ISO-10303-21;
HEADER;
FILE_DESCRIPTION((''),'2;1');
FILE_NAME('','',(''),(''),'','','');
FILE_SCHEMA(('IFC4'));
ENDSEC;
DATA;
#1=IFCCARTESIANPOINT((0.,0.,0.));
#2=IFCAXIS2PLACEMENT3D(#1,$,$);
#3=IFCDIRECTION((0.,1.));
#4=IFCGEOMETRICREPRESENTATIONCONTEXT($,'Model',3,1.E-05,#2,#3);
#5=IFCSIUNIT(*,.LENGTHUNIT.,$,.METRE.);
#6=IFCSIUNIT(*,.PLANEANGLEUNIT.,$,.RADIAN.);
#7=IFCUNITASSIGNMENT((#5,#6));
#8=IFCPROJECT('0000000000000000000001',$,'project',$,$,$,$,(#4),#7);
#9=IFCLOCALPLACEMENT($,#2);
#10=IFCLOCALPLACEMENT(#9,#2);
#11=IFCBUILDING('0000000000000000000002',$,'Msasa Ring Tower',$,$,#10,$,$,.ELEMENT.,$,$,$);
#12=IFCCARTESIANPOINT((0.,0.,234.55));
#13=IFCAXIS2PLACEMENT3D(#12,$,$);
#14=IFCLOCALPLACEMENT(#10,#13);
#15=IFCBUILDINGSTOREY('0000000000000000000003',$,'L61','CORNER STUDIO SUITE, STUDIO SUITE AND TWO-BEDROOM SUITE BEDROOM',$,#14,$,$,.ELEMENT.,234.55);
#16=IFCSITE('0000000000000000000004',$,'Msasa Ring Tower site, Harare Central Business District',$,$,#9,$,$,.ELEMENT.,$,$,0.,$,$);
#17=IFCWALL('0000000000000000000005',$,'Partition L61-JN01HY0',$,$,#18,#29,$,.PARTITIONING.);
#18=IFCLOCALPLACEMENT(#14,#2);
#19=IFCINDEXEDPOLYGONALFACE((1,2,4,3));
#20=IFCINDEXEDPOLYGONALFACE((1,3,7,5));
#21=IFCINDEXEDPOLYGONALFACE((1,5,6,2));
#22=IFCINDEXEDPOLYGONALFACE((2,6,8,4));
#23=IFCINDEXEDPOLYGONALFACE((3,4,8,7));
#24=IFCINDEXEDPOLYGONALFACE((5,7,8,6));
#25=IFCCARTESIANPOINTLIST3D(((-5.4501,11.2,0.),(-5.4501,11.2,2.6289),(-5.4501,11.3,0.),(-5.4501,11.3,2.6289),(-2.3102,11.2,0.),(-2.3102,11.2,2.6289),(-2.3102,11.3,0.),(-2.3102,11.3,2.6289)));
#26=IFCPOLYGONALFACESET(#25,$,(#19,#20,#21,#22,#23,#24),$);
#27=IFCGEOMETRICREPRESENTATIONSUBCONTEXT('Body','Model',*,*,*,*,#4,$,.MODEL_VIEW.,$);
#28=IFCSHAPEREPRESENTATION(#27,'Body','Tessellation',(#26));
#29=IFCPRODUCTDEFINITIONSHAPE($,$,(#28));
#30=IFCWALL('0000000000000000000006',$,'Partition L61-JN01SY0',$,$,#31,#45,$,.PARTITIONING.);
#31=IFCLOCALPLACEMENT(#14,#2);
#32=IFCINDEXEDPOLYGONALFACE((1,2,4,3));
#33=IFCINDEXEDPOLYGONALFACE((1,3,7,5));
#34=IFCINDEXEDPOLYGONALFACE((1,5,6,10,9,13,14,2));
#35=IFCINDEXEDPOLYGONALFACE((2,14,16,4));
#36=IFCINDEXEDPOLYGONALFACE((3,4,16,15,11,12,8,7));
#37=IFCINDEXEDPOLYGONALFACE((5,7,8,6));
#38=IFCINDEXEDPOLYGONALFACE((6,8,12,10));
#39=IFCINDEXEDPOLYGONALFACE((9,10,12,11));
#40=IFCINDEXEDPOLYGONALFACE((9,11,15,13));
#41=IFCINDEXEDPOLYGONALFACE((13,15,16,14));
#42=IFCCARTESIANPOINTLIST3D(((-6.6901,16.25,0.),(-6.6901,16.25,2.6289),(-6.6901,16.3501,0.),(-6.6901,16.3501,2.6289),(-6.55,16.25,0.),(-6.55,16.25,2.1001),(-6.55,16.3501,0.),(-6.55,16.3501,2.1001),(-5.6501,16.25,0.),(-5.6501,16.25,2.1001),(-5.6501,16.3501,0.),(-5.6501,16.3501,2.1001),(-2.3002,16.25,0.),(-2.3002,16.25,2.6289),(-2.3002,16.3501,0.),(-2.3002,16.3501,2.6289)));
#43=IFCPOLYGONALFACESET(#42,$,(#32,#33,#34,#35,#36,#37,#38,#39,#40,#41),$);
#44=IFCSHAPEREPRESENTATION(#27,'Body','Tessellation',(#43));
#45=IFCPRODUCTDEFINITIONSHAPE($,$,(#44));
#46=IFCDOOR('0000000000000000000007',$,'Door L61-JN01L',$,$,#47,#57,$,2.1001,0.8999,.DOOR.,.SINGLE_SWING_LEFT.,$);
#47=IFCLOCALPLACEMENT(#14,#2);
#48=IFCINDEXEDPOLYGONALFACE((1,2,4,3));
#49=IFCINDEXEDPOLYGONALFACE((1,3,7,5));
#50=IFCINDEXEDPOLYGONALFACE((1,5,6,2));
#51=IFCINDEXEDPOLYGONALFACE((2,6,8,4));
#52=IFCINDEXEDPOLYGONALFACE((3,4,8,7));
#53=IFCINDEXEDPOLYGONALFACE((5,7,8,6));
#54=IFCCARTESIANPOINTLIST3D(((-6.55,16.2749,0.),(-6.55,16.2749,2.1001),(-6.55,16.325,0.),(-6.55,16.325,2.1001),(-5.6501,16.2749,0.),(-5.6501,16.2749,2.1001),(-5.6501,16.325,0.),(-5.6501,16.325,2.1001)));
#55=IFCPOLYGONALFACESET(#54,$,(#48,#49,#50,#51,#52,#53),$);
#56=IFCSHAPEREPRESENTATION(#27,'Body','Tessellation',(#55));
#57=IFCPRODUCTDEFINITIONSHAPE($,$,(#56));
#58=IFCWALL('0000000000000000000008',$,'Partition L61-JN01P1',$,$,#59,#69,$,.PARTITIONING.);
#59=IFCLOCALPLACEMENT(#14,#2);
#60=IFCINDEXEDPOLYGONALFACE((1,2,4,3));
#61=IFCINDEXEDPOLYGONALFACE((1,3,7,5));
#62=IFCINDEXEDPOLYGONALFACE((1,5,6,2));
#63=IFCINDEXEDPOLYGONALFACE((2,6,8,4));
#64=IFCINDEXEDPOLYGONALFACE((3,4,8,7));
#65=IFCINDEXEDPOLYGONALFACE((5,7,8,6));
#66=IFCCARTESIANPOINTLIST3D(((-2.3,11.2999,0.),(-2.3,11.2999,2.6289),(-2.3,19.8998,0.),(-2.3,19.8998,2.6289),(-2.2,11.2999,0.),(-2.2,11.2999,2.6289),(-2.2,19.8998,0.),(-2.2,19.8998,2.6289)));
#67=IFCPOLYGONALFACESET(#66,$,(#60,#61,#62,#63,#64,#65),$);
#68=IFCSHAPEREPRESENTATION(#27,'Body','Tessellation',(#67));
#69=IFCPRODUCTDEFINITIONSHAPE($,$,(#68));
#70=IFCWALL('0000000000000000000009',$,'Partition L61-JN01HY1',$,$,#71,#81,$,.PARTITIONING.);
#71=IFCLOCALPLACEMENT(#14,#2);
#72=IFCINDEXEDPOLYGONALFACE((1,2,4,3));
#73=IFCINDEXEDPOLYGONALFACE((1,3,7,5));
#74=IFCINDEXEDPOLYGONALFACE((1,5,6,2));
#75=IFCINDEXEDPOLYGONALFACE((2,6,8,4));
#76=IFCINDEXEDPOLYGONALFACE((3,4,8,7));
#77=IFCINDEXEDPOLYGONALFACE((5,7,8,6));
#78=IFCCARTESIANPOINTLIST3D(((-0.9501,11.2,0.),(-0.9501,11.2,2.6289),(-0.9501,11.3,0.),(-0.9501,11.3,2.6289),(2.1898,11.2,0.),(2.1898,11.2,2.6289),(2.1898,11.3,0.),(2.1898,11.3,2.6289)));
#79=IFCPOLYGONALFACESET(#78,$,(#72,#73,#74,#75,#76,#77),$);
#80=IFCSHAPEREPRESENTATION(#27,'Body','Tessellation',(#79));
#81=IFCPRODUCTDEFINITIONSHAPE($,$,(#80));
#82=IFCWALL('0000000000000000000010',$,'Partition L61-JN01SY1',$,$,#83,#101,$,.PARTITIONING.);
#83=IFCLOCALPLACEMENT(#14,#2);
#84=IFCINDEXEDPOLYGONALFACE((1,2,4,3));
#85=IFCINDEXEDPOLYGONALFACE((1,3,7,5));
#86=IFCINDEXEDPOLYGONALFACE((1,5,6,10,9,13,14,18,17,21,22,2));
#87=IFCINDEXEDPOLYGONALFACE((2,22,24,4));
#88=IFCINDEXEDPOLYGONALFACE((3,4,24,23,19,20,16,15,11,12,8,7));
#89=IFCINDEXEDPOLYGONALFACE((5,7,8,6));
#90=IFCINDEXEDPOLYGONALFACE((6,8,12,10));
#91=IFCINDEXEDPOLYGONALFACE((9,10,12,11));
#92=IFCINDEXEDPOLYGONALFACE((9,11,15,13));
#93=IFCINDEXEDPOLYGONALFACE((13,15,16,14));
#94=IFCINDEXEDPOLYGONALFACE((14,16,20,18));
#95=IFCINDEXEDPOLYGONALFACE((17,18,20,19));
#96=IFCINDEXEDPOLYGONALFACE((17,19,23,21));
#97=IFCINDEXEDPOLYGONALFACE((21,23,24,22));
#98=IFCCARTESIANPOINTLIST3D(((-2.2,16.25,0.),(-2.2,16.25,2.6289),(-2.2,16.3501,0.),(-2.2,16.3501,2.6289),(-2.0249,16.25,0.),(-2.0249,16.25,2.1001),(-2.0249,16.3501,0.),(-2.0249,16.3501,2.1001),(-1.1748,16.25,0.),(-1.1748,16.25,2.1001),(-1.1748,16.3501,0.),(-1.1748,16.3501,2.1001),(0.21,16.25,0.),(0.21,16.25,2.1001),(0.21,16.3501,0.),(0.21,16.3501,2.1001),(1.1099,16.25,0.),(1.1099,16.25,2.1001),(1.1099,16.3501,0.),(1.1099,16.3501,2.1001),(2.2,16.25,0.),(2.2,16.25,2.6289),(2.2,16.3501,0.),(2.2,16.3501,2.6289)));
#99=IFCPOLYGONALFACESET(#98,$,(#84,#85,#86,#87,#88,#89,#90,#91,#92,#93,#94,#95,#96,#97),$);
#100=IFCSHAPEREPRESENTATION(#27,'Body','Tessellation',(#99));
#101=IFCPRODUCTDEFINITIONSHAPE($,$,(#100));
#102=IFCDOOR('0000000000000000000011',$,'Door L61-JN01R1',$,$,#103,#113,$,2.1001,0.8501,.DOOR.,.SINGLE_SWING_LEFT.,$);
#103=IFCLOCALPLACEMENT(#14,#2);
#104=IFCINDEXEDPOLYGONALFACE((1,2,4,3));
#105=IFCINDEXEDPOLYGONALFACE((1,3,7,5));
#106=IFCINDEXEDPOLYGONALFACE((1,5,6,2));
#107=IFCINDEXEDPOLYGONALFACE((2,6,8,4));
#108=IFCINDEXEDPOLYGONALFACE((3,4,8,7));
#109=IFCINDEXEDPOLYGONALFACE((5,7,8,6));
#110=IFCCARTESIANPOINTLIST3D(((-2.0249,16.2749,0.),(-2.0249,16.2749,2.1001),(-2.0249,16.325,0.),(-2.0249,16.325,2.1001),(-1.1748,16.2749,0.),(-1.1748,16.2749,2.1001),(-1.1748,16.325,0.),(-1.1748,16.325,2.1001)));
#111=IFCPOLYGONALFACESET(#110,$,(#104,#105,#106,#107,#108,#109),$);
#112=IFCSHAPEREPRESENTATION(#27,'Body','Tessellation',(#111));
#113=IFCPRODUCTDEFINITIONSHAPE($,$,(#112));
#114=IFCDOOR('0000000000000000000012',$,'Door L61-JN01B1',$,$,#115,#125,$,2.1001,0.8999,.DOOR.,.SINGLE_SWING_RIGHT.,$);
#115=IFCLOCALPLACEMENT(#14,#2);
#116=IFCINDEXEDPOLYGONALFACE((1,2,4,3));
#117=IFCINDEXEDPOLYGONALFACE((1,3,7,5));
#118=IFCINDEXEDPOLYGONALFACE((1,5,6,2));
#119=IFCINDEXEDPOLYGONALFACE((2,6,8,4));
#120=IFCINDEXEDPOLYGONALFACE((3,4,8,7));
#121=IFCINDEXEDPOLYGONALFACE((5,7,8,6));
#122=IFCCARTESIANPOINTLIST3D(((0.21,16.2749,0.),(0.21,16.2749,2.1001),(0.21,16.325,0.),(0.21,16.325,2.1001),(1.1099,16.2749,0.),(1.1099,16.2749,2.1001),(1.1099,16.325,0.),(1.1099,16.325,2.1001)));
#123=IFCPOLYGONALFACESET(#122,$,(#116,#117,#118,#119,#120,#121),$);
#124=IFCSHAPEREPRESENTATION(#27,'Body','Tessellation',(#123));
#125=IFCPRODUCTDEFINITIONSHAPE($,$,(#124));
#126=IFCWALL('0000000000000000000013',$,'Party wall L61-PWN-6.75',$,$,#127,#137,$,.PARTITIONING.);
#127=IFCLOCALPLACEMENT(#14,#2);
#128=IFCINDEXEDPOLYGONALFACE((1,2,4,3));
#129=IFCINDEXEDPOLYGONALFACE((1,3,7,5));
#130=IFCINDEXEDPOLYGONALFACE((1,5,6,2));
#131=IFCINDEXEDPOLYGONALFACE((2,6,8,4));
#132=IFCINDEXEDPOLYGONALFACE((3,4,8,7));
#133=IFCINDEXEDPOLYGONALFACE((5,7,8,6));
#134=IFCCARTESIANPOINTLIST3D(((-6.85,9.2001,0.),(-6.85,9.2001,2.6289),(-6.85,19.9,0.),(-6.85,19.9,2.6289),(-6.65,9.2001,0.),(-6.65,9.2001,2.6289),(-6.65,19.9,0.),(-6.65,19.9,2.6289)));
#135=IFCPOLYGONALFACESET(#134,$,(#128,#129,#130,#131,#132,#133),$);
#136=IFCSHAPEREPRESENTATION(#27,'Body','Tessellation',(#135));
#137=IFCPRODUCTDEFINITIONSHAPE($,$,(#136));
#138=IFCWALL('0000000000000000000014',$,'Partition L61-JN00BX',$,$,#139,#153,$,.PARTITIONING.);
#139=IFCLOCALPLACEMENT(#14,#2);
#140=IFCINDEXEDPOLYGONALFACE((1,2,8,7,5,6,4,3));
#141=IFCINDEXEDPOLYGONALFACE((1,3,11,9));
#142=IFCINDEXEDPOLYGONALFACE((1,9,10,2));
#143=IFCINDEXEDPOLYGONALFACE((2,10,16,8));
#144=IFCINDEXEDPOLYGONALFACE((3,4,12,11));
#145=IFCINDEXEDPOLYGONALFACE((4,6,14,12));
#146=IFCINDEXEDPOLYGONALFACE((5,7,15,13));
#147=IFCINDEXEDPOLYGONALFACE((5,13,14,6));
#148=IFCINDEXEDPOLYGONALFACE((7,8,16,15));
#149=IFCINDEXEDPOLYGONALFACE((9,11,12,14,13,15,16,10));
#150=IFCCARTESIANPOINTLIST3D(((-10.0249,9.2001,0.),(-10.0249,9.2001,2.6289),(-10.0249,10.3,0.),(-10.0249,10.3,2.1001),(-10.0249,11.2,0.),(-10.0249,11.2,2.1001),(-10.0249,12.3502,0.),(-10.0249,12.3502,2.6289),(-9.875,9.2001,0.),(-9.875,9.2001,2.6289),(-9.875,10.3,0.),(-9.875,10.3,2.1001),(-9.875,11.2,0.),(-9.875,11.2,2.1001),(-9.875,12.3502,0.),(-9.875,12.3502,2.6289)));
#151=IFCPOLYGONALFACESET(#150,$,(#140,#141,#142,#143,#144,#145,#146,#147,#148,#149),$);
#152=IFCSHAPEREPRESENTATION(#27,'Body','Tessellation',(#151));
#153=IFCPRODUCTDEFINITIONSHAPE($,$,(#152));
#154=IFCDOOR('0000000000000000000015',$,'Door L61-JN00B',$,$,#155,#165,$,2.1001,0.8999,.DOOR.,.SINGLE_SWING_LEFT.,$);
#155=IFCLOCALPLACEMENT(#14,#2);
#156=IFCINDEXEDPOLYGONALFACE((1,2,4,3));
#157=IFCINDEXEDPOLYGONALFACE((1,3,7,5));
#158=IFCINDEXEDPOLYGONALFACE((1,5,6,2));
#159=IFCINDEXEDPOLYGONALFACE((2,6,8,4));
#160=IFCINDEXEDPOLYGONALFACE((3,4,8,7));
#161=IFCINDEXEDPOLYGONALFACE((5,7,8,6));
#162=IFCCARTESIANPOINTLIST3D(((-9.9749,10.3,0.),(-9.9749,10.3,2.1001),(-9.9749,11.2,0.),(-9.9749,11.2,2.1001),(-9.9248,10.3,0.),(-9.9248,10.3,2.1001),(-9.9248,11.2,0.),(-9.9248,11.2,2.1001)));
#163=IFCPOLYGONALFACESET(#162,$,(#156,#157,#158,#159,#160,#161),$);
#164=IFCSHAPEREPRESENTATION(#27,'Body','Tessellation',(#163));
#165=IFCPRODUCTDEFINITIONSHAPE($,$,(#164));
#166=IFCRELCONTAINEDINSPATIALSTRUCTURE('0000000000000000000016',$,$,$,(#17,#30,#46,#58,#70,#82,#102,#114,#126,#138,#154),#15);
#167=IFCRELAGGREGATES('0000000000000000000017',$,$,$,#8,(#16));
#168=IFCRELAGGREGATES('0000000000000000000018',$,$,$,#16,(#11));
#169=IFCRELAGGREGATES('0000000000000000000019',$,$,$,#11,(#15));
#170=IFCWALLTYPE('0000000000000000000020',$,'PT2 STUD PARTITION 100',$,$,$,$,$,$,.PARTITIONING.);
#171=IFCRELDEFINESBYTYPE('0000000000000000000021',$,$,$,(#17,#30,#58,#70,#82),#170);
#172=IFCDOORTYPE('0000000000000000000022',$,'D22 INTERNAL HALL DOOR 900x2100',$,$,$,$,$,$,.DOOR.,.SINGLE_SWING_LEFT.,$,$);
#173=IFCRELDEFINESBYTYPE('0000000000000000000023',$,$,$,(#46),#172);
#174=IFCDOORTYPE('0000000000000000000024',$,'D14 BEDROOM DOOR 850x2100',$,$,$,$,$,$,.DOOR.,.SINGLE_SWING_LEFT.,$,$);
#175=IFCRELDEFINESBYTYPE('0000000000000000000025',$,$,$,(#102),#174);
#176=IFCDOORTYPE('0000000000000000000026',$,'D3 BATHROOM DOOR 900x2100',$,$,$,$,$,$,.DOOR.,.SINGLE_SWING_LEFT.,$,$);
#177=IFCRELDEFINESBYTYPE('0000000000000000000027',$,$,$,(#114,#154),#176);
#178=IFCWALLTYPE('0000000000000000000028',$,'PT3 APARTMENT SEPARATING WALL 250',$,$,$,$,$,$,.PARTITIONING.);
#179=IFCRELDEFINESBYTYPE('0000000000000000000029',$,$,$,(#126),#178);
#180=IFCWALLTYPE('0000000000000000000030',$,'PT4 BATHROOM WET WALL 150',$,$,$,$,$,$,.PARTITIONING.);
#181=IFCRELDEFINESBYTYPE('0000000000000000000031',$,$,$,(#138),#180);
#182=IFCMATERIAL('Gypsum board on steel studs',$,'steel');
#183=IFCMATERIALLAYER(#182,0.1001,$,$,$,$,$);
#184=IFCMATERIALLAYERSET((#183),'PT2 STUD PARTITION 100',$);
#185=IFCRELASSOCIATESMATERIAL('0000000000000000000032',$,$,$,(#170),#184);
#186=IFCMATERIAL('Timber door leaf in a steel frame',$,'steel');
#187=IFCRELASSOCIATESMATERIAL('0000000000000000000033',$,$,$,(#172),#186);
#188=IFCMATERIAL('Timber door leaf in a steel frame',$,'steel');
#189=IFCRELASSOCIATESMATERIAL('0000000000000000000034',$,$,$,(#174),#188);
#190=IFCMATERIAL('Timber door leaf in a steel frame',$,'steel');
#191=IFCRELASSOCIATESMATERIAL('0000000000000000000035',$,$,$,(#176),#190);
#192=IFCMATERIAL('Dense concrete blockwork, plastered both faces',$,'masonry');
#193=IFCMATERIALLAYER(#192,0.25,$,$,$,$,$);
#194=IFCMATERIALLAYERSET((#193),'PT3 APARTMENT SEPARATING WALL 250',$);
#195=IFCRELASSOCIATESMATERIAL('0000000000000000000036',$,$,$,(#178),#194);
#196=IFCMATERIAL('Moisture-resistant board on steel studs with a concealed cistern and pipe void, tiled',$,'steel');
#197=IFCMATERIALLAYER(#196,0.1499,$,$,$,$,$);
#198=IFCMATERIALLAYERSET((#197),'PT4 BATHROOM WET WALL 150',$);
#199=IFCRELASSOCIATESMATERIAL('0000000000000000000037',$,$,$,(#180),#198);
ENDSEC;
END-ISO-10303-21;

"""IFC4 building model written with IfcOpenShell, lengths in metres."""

from ifc_helpers import new_model, si_unit, direction, frame, frame_2d, origin, place, context, subcontext, project, spatial, rectangle, extrude, material, layer, layer_set, type_object, element, fill, save


model = new_model("IFC4")

# Units and contexts
model_context = context("Model", 3, precision=1e-05, world=origin(), true_north=direction((0.0, 1.0)))
body_context = subcontext(model_context, "Body", "Model", "MODEL_VIEW")
ifc_project = project(units=[si_unit("LENGTHUNIT", "METRE"), si_unit("PLANEANGLEUNIT", "RADIAN")], contexts=[model_context])

# Site, building, storey
site_placement = place(None, origin())
site = spatial("IfcSite", under=ifc_project, at=site_placement, Name="Msasa Ring Tower site, Harare Central Business District", CompositionType="ELEMENT", RefElevation=0.0)
building_placement = place(site_placement, origin())
building = spatial("IfcBuilding", under=site, at=building_placement, Name="Msasa Ring Tower", CompositionType="ELEMENT")
storey_placement = place(building_placement, frame((0.0, 0.0, 234.55)))
storey = spatial("IfcBuildingStorey", under=building, at=storey_placement, Name="L61", Description="CORNER STUDIO SUITE, STUDIO SUITE AND TWO-BEDROOM SUITE BEDROOM", CompositionType="ELEMENT", Elevation=234.55)

# Wall
ifc_material_1 = material(Name="Gypsum board on steel studs", Category="steel")
ifc_layer_1 = layer(ifc_material_1, 0.1001)
ifc_layer_set_1 = layer_set([ifc_layer_1], Name="PT2 STUD PARTITION 100")
wall_type_1 = type_object("IfcWallType", Name="PT2 STUD PARTITION 100", PredefinedType="PARTITIONING", material=ifc_layer_set_1)
wall_1_placement = place(storey_placement, frame((-5.45, 11.25, 0.0), z_axis=(0.0, 0.0, 1.0), x_axis=(1.0, 0.0, 0.0)))
element("IfcWall", 1, at=wall_1_placement, inside=storey, type_object=wall_type_1, Name="Partition L61-JN01HY0", PredefinedType="PARTITIONING", context=body_context, shape_type="SweptSolid", body=[
    extrude(rectangle(XDim=3.1399, YDim=0.1001, at=frame_2d((1.5698, 0.0))), origin(), (0.0, 0.0, 1.0), 2.6289),
])

# Wall, opening, door
wall_2_placement = place(storey_placement, frame((-6.6899, 16.3, 0.0), z_axis=(0.0, 0.0, 1.0), x_axis=(1.0, 0.0, 0.0)))
wall_2 = element("IfcWall", 2, at=wall_2_placement, inside=storey, type_object=wall_type_1, Name="Partition L61-JN01SY0", PredefinedType="PARTITIONING", context=body_context, shape_type="SweptSolid", body=[
    extrude(rectangle(XDim=4.3899, YDim=0.1001, at=frame_2d((2.1948, 0.0))), origin(), (0.0, 0.0, 1.0), 2.6289),
])
opening_1_placement = place(wall_2_placement, frame((0.1399, 0.0, 0.0)))
opening_1 = element("IfcOpeningElement", 3, at=opening_1_placement, cuts=wall_2, PredefinedType="OPENING", context=body_context, shape_type="SweptSolid", body=[
    extrude(rectangle(XDim=0.8999, YDim=2.1001, at=frame_2d((0.45, 1.05))), frame((0.0, 0.0601, 0.0), z_axis=(0.0, -1.0, 0.0), x_axis=(1.0, 0.0, 0.0)), (0.0, 0.0, 1.0), 0.1201),
])
ifc_material_2 = material(Name="Timber door leaf in a steel frame", Category="steel")
door_type_1 = type_object("IfcDoorType", Name="D22 INTERNAL HALL DOOR 900x2100", OperationType="SINGLE_SWING_LEFT", PredefinedType="DOOR", material=ifc_material_2)
door_1_placement = place(opening_1_placement, origin())
door_1 = element("IfcDoor", 4, at=door_1_placement, inside=storey, type_object=door_type_1, Name="Door L61-JN01L", OperationType="SINGLE_SWING_LEFT", OverallHeight=2.1001, OverallWidth=0.8999, PredefinedType="DOOR", context=body_context, shape_type="SweptSolid", body=[
    extrude(rectangle(XDim=0.8999, YDim=2.1001, at=frame_2d((0.45, 1.05))), frame((0.0, 0.0249, 0.0), z_axis=(0.0, -1.0, 0.0), x_axis=(1.0, 0.0, 0.0)), (0.0, 0.0, 1.0), 0.05),
])
fill(opening_1, door_1)

# Walls
wall_3_placement = place(storey_placement, frame((-2.25, 11.3, 0.0), z_axis=(0.0, 0.0, 1.0), x_axis=(0.0, 1.0, 0.0)))
element("IfcWall", 5, at=wall_3_placement, inside=storey, type_object=wall_type_1, Name="Partition L61-JN01P1", PredefinedType="PARTITIONING", context=body_context, shape_type="SweptSolid", body=[
    extrude(rectangle(XDim=8.5999, YDim=0.1001, at=frame_2d((4.2998, 0.0))), origin(), (0.0, 0.0, 1.0), 2.6289),
])
wall_4_placement = place(storey_placement, frame((-0.95, 11.25, 0.0), z_axis=(0.0, 0.0, 1.0), x_axis=(1.0, 0.0, 0.0)))
element("IfcWall", 6, at=wall_4_placement, inside=storey, type_object=wall_type_1, Name="Partition L61-JN01HY1", PredefinedType="PARTITIONING", context=body_context, shape_type="SweptSolid", body=[
    extrude(rectangle(XDim=3.1399, YDim=0.1001, at=frame_2d((1.5698, 0.0))), origin(), (0.0, 0.0, 1.0), 2.6289),
])

# Wall, openings, doors
wall_5_placement = place(storey_placement, frame((-2.2, 16.3, 0.0), z_axis=(0.0, 0.0, 1.0), x_axis=(1.0, 0.0, 0.0)))
wall_5 = element("IfcWall", 7, at=wall_5_placement, inside=storey, type_object=wall_type_1, Name="Partition L61-JN01SY1", PredefinedType="PARTITIONING", context=body_context, shape_type="SweptSolid", body=[
    extrude(rectangle(XDim=4.3999, YDim=0.1001, at=frame_2d((2.2, 0.0))), origin(), (0.0, 0.0, 1.0), 2.6289),
])
opening_2_placement = place(wall_5_placement, frame((0.175, 0.0, 0.0)))
opening_2 = element("IfcOpeningElement", 8, at=opening_2_placement, cuts=wall_5, PredefinedType="OPENING", context=body_context, shape_type="SweptSolid", body=[
    extrude(rectangle(XDim=0.8501, YDim=2.1001, at=frame_2d((0.425, 1.05))), frame((0.0, 0.0601, 0.0), z_axis=(0.0, -1.0, 0.0), x_axis=(1.0, 0.0, 0.0)), (0.0, 0.0, 1.0), 0.1201),
])
opening_3_placement = place(wall_5_placement, frame((2.4099, 0.0, 0.0)))
opening_3 = element("IfcOpeningElement", 9, at=opening_3_placement, cuts=wall_5, PredefinedType="OPENING", context=body_context, shape_type="SweptSolid", body=[
    extrude(rectangle(XDim=0.8999, YDim=2.1001, at=frame_2d((0.45, 1.05))), frame((0.0, 0.0601, 0.0), z_axis=(0.0, -1.0, 0.0), x_axis=(1.0, 0.0, 0.0)), (0.0, 0.0, 1.0), 0.1201),
])
ifc_material_3 = material(Name="Timber door leaf in a steel frame", Category="steel")
door_type_2 = type_object("IfcDoorType", Name="D14 BEDROOM DOOR 850x2100", OperationType="SINGLE_SWING_LEFT", PredefinedType="DOOR", material=ifc_material_3)
door_2_placement = place(opening_2_placement, origin())
door_2 = element("IfcDoor", 10, at=door_2_placement, inside=storey, type_object=door_type_2, Name="Door L61-JN01R1", OperationType="SINGLE_SWING_LEFT", OverallHeight=2.1001, OverallWidth=0.8501, PredefinedType="DOOR", context=body_context, shape_type="SweptSolid", body=[
    extrude(rectangle(XDim=0.8501, YDim=2.1001, at=frame_2d((0.425, 1.05))), frame((0.0, 0.0249, 0.0), z_axis=(0.0, -1.0, 0.0), x_axis=(1.0, 0.0, 0.0)), (0.0, 0.0, 1.0), 0.05),
])
fill(opening_2, door_2)
ifc_material_4 = material(Name="Timber door leaf in a steel frame", Category="steel")
door_type_3 = type_object("IfcDoorType", Name="D3 BATHROOM DOOR 900x2100", OperationType="SINGLE_SWING_LEFT", PredefinedType="DOOR", material=ifc_material_4)
door_3_placement = place(opening_3_placement, origin())
door_3 = element("IfcDoor", 11, at=door_3_placement, inside=storey, type_object=door_type_3, Name="Door L61-JN01B1", OperationType="SINGLE_SWING_RIGHT", OverallHeight=2.1001, OverallWidth=0.8999, PredefinedType="DOOR", context=body_context, shape_type="SweptSolid", body=[
    extrude(rectangle(XDim=0.8999, YDim=2.1001, at=frame_2d((0.45, 1.05))), frame((0.0, 0.0249, 0.0), z_axis=(0.0, -1.0, 0.0), x_axis=(1.0, 0.0, 0.0)), (0.0, 0.0, 1.0), 0.05),
])
fill(opening_3, door_3)

# Wall
ifc_material_5 = material(Name="Dense concrete blockwork, plastered both faces", Category="masonry")
ifc_layer_2 = layer(ifc_material_5, 0.25)
ifc_layer_set_2 = layer_set([ifc_layer_2], Name="PT3 APARTMENT SEPARATING WALL 250")
wall_type_2 = type_object("IfcWallType", Name="PT3 APARTMENT SEPARATING WALL 250", PredefinedType="PARTITIONING", material=ifc_layer_set_2)
wall_6_placement = place(storey_placement, frame((-6.75, 9.2, 0.0), z_axis=(0.0, 0.0, 1.0), x_axis=(0.0, 1.0, 0.0)))
element("IfcWall", 12, at=wall_6_placement, inside=storey, type_object=wall_type_2, Name="Party wall L61-PWN-6.75", PredefinedType="PARTITIONING", context=body_context, shape_type="SweptSolid", body=[
    extrude(rectangle(XDim=10.7, YDim=0.2, at=frame_2d((5.3501, 0.0))), origin(), (0.0, 0.0, 1.0), 2.6289),
])

# Wall, opening, door
ifc_material_6 = material(Name="Moisture-resistant board on steel studs with a concealed cistern and pipe void, tiled", Category="steel")
ifc_layer_3 = layer(ifc_material_6, 0.1499)
ifc_layer_set_3 = layer_set([ifc_layer_3], Name="PT4 BATHROOM WET WALL 150")
wall_type_3 = type_object("IfcWallType", Name="PT4 BATHROOM WET WALL 150", PredefinedType="PARTITIONING", material=ifc_layer_set_3)
wall_7_placement = place(storey_placement, frame((-9.95, 9.2, 0.0), z_axis=(0.0, 0.0, 1.0), x_axis=(0.0, 1.0, 0.0)))
wall_7 = element("IfcWall", 13, at=wall_7_placement, inside=storey, type_object=wall_type_3, Name="Partition L61-JN00BX", PredefinedType="PARTITIONING", context=body_context, shape_type="SweptSolid", body=[
    extrude(rectangle(XDim=3.1501, YDim=0.1499, at=frame_2d((1.5752, 0.0))), origin(), (0.0, 0.0, 1.0), 2.6289),
])
opening_4_placement = place(wall_7_placement, frame((1.1001, 0.0, 0.0)))
opening_4 = element("IfcOpeningElement", 14, at=opening_4_placement, cuts=wall_7, PredefinedType="OPENING", context=body_context, shape_type="SweptSolid", body=[
    extrude(rectangle(XDim=0.8999, YDim=2.1001, at=frame_2d((0.45, 1.05))), frame((0.0, 0.085, 0.0), z_axis=(0.0, -1.0, 0.0), x_axis=(1.0, 0.0, 0.0)), (0.0, 0.0, 1.0), 0.1699),
])
door_4_placement = place(opening_4_placement, origin())
door_4 = element("IfcDoor", 15, at=door_4_placement, inside=storey, type_object=door_type_3, Name="Door L61-JN00B", OperationType="SINGLE_SWING_LEFT", OverallHeight=2.1001, OverallWidth=0.8999, PredefinedType="DOOR", context=body_context, shape_type="SweptSolid", body=[
    extrude(rectangle(XDim=0.8999, YDim=2.1001, at=frame_2d((0.45, 1.05))), frame((0.0, 0.0249, 0.0), z_axis=(0.0, -1.0, 0.0), x_axis=(1.0, 0.0, 0.0)), (0.0, 0.0, 1.0), 0.05),
])
fill(opening_4, door_4)

save(model, "model.ifc")
